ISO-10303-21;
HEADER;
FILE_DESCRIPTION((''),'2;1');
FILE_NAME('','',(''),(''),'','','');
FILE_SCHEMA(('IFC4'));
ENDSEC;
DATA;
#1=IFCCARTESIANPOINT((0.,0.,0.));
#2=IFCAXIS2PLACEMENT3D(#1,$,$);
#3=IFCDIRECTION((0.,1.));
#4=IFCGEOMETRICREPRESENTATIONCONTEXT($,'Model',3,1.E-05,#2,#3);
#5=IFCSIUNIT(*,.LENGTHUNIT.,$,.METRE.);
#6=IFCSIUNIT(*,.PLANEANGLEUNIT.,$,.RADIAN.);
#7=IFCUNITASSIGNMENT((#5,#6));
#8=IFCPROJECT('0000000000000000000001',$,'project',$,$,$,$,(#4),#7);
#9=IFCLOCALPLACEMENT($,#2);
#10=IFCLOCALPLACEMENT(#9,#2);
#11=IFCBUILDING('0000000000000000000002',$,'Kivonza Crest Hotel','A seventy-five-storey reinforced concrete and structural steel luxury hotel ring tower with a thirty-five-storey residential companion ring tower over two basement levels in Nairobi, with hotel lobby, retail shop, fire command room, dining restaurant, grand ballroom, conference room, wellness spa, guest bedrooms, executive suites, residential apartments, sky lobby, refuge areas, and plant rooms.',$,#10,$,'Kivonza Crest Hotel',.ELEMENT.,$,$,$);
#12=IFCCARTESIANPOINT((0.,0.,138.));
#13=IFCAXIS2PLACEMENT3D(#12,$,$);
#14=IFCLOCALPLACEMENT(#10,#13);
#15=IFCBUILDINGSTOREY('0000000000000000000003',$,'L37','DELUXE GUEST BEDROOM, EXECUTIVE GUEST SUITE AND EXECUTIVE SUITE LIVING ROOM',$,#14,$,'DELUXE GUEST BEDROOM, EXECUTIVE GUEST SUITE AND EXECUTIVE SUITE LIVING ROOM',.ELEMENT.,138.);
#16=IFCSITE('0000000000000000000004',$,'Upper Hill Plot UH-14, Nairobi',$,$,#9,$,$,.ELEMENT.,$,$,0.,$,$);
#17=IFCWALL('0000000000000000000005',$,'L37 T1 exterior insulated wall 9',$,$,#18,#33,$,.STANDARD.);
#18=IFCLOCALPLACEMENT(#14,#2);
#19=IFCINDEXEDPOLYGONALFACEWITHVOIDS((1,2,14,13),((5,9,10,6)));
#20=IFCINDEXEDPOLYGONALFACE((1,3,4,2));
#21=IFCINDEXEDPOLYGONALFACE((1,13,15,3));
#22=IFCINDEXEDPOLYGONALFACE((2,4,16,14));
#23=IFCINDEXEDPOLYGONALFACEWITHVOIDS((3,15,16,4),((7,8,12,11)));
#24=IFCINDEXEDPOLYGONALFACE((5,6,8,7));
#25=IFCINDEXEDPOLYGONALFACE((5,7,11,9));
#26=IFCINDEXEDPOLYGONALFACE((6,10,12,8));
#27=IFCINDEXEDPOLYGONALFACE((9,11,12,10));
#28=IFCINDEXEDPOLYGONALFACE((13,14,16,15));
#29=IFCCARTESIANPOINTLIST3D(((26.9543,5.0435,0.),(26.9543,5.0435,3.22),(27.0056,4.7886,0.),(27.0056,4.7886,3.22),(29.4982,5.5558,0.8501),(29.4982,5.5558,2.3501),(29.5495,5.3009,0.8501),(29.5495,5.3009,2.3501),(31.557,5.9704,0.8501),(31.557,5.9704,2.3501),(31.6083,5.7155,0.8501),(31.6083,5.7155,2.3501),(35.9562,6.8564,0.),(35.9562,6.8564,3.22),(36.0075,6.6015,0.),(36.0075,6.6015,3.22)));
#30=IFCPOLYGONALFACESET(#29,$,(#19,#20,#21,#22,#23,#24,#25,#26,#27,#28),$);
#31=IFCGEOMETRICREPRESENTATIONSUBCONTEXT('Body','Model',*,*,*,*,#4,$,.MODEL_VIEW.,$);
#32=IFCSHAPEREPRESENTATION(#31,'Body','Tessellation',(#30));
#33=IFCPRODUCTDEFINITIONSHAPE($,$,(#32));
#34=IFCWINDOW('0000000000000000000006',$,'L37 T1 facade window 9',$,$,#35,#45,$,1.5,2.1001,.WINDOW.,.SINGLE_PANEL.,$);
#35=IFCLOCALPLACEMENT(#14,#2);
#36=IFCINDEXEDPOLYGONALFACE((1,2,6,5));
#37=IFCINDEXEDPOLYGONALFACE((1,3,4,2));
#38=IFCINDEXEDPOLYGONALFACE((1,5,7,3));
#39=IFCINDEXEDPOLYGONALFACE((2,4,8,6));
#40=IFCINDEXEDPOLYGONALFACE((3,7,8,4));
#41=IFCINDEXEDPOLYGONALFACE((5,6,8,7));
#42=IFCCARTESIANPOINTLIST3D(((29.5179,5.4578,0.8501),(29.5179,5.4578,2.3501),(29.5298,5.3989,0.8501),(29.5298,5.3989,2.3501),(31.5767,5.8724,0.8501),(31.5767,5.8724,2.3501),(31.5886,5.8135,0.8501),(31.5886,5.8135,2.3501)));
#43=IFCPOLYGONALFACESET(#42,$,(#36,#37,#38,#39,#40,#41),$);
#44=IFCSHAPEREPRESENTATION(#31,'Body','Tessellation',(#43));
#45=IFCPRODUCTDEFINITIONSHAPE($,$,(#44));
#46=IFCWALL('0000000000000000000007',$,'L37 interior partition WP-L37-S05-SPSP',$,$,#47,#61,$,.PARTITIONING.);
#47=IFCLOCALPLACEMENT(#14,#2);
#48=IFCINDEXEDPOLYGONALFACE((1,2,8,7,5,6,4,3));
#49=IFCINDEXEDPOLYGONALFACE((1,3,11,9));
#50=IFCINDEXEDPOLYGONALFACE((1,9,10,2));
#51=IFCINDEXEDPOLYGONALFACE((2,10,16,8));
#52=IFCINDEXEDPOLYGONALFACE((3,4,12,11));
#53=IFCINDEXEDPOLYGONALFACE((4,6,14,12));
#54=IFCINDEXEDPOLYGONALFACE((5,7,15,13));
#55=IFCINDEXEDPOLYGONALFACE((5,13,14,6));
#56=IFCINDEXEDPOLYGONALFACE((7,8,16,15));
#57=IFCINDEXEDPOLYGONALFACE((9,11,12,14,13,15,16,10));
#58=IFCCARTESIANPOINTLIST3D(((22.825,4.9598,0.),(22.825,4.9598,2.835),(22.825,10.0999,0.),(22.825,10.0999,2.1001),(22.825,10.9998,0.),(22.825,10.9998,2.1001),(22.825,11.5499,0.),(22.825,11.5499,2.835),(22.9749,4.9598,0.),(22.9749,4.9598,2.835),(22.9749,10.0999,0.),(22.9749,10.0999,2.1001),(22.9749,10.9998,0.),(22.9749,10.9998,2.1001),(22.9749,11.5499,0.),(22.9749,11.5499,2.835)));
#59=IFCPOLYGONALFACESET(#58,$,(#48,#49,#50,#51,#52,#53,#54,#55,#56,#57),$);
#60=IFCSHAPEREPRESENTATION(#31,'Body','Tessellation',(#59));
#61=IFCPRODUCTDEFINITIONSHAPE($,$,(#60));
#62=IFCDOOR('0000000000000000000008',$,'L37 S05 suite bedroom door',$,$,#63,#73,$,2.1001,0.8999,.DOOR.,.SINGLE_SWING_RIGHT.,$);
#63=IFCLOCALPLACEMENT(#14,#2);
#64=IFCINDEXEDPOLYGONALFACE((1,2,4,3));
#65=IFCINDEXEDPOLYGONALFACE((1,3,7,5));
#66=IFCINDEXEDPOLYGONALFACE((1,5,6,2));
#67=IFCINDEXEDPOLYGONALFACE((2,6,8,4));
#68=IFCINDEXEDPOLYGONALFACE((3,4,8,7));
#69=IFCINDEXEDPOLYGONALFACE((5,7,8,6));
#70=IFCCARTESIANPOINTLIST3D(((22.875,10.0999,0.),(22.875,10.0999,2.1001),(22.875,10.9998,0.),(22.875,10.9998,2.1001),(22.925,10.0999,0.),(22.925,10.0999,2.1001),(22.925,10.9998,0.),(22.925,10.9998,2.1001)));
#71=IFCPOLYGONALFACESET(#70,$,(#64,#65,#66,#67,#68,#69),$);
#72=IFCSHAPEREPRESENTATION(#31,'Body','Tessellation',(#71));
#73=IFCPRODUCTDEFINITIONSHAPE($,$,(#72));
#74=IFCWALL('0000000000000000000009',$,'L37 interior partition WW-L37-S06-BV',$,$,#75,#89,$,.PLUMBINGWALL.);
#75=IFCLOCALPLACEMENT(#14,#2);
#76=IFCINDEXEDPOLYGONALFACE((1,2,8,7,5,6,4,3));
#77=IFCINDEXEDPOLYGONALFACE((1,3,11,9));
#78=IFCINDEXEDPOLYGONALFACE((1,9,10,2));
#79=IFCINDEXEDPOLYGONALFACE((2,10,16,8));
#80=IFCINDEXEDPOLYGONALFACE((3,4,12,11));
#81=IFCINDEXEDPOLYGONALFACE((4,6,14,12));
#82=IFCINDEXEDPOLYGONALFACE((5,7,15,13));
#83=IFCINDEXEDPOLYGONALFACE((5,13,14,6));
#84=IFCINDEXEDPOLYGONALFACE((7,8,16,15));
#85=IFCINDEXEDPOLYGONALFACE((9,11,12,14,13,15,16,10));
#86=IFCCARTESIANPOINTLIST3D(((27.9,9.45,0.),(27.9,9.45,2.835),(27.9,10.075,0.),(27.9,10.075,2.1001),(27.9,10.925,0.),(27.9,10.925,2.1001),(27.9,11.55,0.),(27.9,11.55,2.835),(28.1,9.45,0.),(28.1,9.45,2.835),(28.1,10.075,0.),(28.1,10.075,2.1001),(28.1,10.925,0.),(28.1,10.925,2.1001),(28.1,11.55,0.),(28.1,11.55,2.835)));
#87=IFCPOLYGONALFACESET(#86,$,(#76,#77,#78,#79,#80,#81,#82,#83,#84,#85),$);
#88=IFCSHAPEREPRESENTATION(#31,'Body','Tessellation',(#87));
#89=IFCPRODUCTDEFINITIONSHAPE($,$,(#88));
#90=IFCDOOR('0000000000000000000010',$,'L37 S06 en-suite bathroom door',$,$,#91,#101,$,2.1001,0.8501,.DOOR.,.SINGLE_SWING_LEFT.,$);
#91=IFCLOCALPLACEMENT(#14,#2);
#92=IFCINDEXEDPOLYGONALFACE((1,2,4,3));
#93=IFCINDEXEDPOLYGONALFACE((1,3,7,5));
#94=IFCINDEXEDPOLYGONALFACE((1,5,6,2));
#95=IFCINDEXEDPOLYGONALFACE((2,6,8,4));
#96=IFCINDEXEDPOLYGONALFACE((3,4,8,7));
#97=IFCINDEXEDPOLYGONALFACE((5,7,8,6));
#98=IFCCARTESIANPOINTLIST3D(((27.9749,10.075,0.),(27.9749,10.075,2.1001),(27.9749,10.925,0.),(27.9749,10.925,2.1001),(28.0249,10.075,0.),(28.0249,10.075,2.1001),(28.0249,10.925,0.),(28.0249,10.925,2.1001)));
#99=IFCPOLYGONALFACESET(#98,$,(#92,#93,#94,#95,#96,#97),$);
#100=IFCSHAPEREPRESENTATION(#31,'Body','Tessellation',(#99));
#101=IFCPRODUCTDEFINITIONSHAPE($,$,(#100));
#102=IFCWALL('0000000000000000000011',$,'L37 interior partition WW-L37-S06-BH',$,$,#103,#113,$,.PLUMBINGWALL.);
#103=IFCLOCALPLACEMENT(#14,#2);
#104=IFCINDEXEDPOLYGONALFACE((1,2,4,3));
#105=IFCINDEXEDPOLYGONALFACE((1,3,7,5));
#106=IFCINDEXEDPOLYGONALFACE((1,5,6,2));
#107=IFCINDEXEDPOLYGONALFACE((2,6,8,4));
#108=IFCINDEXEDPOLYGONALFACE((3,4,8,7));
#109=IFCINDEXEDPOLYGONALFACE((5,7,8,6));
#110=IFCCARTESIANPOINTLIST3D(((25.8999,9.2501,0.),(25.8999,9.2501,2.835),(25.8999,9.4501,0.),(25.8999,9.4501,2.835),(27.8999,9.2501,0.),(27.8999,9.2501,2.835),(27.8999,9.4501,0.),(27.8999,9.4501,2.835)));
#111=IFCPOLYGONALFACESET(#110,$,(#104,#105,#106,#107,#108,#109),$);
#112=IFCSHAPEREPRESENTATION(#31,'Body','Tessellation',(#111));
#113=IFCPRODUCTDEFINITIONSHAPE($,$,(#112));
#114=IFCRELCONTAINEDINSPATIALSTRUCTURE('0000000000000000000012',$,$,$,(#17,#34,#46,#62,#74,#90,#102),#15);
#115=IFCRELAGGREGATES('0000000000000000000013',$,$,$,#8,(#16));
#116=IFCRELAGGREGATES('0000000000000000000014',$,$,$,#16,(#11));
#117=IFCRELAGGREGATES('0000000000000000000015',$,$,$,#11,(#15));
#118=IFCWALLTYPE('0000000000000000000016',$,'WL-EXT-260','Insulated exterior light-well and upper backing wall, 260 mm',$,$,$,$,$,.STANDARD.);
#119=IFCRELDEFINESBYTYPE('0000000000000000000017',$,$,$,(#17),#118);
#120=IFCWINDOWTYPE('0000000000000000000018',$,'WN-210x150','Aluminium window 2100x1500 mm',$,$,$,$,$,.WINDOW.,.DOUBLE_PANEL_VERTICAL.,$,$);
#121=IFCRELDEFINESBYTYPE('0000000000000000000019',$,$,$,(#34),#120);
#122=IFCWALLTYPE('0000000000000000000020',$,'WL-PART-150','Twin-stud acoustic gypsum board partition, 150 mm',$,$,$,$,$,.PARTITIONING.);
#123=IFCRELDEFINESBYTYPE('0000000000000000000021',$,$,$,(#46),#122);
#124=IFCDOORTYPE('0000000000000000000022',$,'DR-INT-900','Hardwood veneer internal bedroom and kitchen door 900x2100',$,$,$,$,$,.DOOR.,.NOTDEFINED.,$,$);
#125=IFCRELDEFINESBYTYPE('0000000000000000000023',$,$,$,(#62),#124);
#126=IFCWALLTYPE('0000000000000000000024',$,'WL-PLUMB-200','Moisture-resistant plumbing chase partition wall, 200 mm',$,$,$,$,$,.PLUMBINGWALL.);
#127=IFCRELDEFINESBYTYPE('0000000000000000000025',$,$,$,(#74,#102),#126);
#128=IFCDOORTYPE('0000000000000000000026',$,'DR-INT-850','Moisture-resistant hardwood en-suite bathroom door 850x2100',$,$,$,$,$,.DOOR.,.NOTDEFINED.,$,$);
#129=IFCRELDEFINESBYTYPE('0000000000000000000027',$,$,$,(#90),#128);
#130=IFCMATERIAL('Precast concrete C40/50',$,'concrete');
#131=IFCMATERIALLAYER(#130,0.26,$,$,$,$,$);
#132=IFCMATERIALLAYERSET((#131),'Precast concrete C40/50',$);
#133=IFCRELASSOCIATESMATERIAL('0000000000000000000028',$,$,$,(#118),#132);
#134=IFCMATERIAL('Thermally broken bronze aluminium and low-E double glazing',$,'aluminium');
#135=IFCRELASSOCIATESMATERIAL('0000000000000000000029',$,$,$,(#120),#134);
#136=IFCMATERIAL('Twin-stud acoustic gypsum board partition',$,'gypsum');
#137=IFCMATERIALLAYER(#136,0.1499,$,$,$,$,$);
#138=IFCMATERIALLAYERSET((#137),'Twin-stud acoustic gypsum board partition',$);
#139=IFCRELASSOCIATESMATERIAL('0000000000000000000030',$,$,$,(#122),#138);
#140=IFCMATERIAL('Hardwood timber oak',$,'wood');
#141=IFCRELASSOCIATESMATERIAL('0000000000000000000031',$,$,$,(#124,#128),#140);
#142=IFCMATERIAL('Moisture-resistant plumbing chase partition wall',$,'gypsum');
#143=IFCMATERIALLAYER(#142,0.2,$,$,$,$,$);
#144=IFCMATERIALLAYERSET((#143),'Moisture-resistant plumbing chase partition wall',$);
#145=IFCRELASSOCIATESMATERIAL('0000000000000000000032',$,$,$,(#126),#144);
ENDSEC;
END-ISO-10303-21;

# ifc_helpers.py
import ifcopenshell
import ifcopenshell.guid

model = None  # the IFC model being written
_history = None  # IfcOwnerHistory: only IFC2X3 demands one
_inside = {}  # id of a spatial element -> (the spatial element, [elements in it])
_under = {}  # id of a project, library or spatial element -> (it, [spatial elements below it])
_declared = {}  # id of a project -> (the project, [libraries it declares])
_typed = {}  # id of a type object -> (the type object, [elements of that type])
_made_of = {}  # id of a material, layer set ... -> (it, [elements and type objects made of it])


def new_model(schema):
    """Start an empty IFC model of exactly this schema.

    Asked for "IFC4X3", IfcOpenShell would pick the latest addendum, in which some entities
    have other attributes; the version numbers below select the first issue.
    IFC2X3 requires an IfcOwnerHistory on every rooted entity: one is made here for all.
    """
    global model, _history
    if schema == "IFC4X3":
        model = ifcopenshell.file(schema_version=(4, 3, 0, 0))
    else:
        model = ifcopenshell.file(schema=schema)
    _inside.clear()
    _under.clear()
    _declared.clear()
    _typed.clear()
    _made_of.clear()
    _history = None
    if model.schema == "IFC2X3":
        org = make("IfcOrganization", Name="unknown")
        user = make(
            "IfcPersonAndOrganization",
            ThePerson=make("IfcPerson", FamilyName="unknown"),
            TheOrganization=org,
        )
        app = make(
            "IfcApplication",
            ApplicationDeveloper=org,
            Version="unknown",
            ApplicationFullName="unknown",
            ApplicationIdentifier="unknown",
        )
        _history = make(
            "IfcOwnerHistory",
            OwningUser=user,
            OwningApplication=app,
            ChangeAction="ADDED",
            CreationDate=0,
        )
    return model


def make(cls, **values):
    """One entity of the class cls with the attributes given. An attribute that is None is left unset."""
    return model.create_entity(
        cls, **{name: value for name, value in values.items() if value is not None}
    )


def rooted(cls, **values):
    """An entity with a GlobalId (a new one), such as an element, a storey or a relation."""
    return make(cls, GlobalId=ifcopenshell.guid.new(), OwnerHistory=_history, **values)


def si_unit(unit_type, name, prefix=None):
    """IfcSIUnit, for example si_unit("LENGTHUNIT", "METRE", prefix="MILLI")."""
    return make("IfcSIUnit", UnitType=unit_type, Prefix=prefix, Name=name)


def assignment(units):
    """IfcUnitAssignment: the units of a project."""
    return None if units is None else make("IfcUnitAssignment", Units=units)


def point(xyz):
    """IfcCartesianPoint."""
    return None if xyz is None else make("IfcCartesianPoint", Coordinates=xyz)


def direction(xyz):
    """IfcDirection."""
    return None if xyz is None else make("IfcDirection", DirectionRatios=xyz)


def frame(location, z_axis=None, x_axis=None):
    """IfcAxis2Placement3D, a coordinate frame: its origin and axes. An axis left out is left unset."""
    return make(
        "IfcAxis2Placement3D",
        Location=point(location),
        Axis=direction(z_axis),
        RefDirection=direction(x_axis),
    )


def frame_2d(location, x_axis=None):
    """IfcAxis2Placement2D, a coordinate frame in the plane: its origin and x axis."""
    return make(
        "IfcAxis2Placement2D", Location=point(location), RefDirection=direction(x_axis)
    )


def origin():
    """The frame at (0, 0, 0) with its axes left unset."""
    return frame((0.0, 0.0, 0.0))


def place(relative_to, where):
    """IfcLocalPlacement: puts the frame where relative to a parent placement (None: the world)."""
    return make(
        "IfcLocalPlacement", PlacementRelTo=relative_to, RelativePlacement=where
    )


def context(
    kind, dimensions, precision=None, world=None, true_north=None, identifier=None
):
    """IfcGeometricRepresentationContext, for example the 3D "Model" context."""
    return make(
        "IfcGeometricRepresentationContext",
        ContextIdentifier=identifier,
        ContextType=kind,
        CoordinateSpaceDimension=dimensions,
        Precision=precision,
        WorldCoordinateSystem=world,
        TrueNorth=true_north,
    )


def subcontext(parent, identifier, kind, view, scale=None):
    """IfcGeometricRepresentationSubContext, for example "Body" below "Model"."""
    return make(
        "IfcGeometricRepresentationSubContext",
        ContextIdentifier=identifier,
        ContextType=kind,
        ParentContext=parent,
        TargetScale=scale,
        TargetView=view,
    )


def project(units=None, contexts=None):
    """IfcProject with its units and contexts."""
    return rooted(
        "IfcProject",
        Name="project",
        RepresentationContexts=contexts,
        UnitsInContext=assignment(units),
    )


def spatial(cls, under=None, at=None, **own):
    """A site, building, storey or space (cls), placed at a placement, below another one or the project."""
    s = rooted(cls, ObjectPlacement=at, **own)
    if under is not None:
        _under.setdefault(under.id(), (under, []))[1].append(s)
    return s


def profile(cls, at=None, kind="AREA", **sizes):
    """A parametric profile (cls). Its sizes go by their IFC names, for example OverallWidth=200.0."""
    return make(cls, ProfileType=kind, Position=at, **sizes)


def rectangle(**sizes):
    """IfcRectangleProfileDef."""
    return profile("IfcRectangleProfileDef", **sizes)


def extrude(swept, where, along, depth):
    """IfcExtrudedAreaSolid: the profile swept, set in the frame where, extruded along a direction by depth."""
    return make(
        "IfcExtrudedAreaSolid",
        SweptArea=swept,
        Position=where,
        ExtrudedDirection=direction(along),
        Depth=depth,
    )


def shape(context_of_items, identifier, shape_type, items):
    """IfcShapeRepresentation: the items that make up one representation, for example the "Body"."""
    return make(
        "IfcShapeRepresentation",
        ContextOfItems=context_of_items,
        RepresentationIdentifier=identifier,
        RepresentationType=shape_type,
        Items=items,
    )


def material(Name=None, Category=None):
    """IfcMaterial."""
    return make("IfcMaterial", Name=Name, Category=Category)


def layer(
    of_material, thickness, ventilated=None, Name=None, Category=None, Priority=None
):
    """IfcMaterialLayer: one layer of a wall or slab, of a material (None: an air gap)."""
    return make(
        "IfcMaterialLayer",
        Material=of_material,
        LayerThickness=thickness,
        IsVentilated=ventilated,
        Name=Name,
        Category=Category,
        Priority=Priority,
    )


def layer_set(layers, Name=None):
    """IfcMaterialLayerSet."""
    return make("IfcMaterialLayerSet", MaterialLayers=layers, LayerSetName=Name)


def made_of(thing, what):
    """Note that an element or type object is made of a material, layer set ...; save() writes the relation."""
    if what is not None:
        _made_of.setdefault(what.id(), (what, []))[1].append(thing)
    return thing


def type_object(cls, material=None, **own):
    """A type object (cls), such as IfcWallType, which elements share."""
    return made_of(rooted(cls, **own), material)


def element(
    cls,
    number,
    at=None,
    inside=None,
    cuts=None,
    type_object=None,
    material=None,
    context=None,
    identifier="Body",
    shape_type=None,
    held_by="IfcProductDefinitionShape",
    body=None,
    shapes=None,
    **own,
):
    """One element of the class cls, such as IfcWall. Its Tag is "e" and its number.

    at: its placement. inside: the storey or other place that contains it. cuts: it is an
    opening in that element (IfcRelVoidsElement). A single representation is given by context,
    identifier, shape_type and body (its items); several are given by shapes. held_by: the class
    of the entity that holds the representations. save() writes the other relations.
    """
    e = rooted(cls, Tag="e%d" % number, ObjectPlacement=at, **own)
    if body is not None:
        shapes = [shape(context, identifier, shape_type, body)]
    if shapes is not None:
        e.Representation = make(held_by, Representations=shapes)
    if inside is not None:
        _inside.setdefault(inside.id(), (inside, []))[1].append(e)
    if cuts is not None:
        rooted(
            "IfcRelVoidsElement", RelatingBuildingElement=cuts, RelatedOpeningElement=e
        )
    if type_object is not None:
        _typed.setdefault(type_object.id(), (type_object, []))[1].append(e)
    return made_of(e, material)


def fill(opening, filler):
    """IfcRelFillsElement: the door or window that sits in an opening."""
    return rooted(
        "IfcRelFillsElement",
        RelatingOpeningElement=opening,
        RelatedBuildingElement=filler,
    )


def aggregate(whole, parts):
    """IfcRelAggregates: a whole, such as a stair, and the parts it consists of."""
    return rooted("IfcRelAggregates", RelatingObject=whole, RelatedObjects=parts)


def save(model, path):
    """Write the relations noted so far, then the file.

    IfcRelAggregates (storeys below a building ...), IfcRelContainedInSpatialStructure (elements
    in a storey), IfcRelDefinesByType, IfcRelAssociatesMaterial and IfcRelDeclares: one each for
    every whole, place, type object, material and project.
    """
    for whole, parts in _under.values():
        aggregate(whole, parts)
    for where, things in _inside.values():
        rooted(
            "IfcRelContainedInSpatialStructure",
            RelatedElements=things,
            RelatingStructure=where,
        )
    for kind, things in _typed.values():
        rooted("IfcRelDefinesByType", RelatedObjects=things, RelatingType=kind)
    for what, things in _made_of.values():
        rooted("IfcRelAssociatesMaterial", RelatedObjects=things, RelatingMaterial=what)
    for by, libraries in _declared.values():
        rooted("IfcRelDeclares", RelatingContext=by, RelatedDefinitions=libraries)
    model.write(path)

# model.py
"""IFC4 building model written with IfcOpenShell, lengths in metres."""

from ifc_helpers import new_model, si_unit, direction, frame, frame_2d, origin, place, context, subcontext, project, spatial, rectangle, extrude, material, layer, layer_set, type_object, element, fill, save


model = new_model("IFC4")

# Units and contexts
model_context = context("Model", 3, precision=1e-05, world=origin(), true_north=direction((0.0, 1.0)))
body_context = subcontext(model_context, "Body", "Model", "MODEL_VIEW")
ifc_project = project(units=[si_unit("LENGTHUNIT", "METRE"), si_unit("PLANEANGLEUNIT", "RADIAN")], contexts=[model_context])

# Site, building, storey
site_placement = place(None, origin())
site = spatial("IfcSite", under=ifc_project, at=site_placement, Name="Upper Hill Plot UH-14, Nairobi", CompositionType="ELEMENT", RefElevation=0.0)
building_placement = place(site_placement, origin())
building = spatial("IfcBuilding", under=site, at=building_placement, Name="Kivonza Crest Hotel", Description="A seventy-five-storey reinforced concrete and structural steel luxury hotel ring tower with a thirty-five-storey residential companion ring tower over two basement levels in Nairobi, with hotel lobby, retail shop, fire command room, dining restaurant, grand ballroom, conference room, wellness spa, guest bedrooms, executive suites, residential apartments, sky lobby, refuge areas, and plant rooms.", LongName="Kivonza Crest Hotel", CompositionType="ELEMENT")
storey_placement = place(building_placement, frame((0.0, 0.0, 138.0)))
storey = spatial("IfcBuildingStorey", under=building, at=storey_placement, Name="L37", Description="DELUXE GUEST BEDROOM, EXECUTIVE GUEST SUITE AND EXECUTIVE SUITE LIVING ROOM", LongName="DELUXE GUEST BEDROOM, EXECUTIVE GUEST SUITE AND EXECUTIVE SUITE LIVING ROOM", CompositionType="ELEMENT", Elevation=138.0)

# Wall, opening, window
ifc_material_1 = material(Name="Precast concrete C40/50", Category="concrete")
ifc_layer_1 = layer(ifc_material_1, 0.26)
ifc_layer_set_1 = layer_set([ifc_layer_1], Name="Precast concrete C40/50")
wall_type_1 = type_object("IfcWallType", Name="WL-EXT-260", Description="Insulated exterior light-well and upper backing wall, 260 mm", PredefinedType="STANDARD", material=ifc_layer_set_1)
wall_1_placement = place(storey_placement, frame((26.98, 4.916, 0.0), z_axis=(0.0, 0.0, 1.0), x_axis=(0.980316, 0.197435, 0.0)))
wall_1 = element("IfcWall", 1, at=wall_1_placement, inside=storey, type_object=wall_type_1, Name="L37 T1 exterior insulated wall 9", PredefinedType="STANDARD", context=body_context, shape_type="SweptSolid", body=[
    extrude(rectangle(XDim=9.1826, YDim=0.26, at=frame_2d((4.5913, 0.0))), origin(), (0.0, 0.0, 1.0), 3.22),
])
opening_1_placement = place(wall_1_placement, frame((2.595, 0.0, 0.8501)))
opening_1 = element("IfcOpeningElement", 2, at=opening_1_placement, cuts=wall_1, PredefinedType="OPENING", context=body_context, shape_type="SweptSolid", body=[
    extrude(rectangle(XDim=2.1001, YDim=1.5, at=frame_2d((1.05, 0.75))), frame((0.0, 0.1401, 0.0), z_axis=(0.0, -1.0, 0.0), x_axis=(1.0, 0.0, 0.0)), (0.0, 0.0, 1.0), 0.28),
])
ifc_material_2 = material(Name="Thermally broken bronze aluminium and low-E double glazing", Category="aluminium")
window_type = type_object("IfcWindowType", Name="WN-210x150", Description="Aluminium window 2100x1500 mm", PartitioningType="DOUBLE_PANEL_VERTICAL", PredefinedType="WINDOW", material=ifc_material_2)
window_placement = place(opening_1_placement, origin())
window = element("IfcWindow", 3, at=window_placement, inside=storey, type_object=window_type, Name="L37 T1 facade window 9", OverallHeight=1.5, OverallWidth=2.1001, PartitioningType="SINGLE_PANEL", PredefinedType="WINDOW", context=body_context, shape_type="SweptSolid", body=[
    extrude(rectangle(XDim=2.1001, YDim=1.5, at=frame_2d((1.05, 0.75))), frame((0.0, 0.03, 0.0), z_axis=(0.0, -1.0, 0.0), x_axis=(1.0, 0.0, 0.0)), (0.0, 0.0, 1.0), 0.0601),
])
fill(opening_1, window)

# Walls, openings, doors
ifc_material_3 = material(Name="Twin-stud acoustic gypsum board partition", Category="gypsum")
ifc_layer_2 = layer(ifc_material_3, 0.1499)
ifc_layer_set_2 = layer_set([ifc_layer_2], Name="Twin-stud acoustic gypsum board partition")
wall_type_2 = type_object("IfcWallType", Name="WL-PART-150", Description="Twin-stud acoustic gypsum board partition, 150 mm", PredefinedType="PARTITIONING", material=ifc_layer_set_2)
wall_2_placement = place(storey_placement, frame((22.8999, 4.96, 0.0), z_axis=(0.0, 0.0, 1.0), x_axis=(0.0, 1.0, 0.0)))
wall_2 = element("IfcWall", 4, at=wall_2_placement, inside=storey, type_object=wall_type_2, Name="L37 interior partition WP-L37-S05-SPSP", PredefinedType="PARTITIONING", context=body_context, shape_type="SweptSolid", body=[
    extrude(rectangle(XDim=6.5901, YDim=0.1499, at=frame_2d((3.2949, 0.0))), origin(), (0.0, 0.0, 1.0), 2.835),
])
opening_2_placement = place(wall_2_placement, frame((5.1399, 0.0, 0.0)))
opening_2 = element("IfcOpeningElement", 5, at=opening_2_placement, cuts=wall_2, PredefinedType="OPENING", context=body_context, shape_type="SweptSolid", body=[
    extrude(rectangle(XDim=0.8999, YDim=2.1001, at=frame_2d((0.45, 1.05))), frame((0.0, 0.085, 0.0), z_axis=(0.0, -1.0, 0.0), x_axis=(1.0, 0.0, 0.0)), (0.0, 0.0, 1.0), 0.1699),
])
ifc_material_4 = material(Name="Hardwood timber oak", Category="wood")
door_type_1 = type_object("IfcDoorType", Name="DR-INT-900", Description="Hardwood veneer internal bedroom and kitchen door 900x2100", OperationType="NOTDEFINED", PredefinedType="DOOR", material=ifc_material_4)
door_1_placement = place(opening_2_placement, origin())
door_1 = element("IfcDoor", 6, at=door_1_placement, inside=storey, type_object=door_type_1, Name="L37 S05 suite bedroom door", OperationType="SINGLE_SWING_RIGHT", OverallHeight=2.1001, OverallWidth=0.8999, PredefinedType="DOOR", context=body_context, shape_type="SweptSolid", body=[
    extrude(rectangle(XDim=0.8999, YDim=2.1001, at=frame_2d((0.45, 1.05))), frame((0.0, 0.0249, 0.0), z_axis=(0.0, -1.0, 0.0), x_axis=(1.0, 0.0, 0.0)), (0.0, 0.0, 1.0), 0.05),
])
fill(opening_2, door_1)
ifc_material_5 = material(Name="Moisture-resistant plumbing chase partition wall", Category="gypsum")
ifc_layer_3 = layer(ifc_material_5, 0.2)
ifc_layer_set_3 = layer_set([ifc_layer_3], Name="Moisture-resistant plumbing chase partition wall")
wall_type_3 = type_object("IfcWallType", Name="WL-PLUMB-200", Description="Moisture-resistant plumbing chase partition wall, 200 mm", PredefinedType="PLUMBINGWALL", material=ifc_layer_set_3)
wall_3_placement = place(storey_placement, frame((28.0, 9.45, 0.0), z_axis=(0.0, 0.0, 1.0), x_axis=(0.0, 1.0, 0.0)))
wall_3 = element("IfcWall", 7, at=wall_3_placement, inside=storey, type_object=wall_type_3, Name="L37 interior partition WW-L37-S06-BV", PredefinedType="PLUMBINGWALL", context=body_context, shape_type="SweptSolid", body=[
    extrude(rectangle(XDim=2.1001, YDim=0.2, at=frame_2d((1.05, 0.0))), origin(), (0.0, 0.0, 1.0), 2.835),
])
opening_3_placement = place(wall_3_placement, frame((0.625, 0.0, 0.0)))
opening_3 = element("IfcOpeningElement", 8, at=opening_3_placement, cuts=wall_3, PredefinedType="OPENING", context=body_context, shape_type="SweptSolid", body=[
    extrude(rectangle(XDim=0.8501, YDim=2.1001, at=frame_2d((0.425, 1.05))), frame((0.0, 0.1099, 0.0), z_axis=(0.0, -1.0, 0.0), x_axis=(1.0, 0.0, 0.0)), (0.0, 0.0, 1.0), 0.22),
])
door_type_2 = type_object("IfcDoorType", Name="DR-INT-850", Description="Moisture-resistant hardwood en-suite bathroom door 850x2100", OperationType="NOTDEFINED", PredefinedType="DOOR", material=ifc_material_4)
door_2_placement = place(opening_3_placement, frame((0.8501, 0.0, 0.0), z_axis=(0.0, 0.0, 1.0), x_axis=(-1.0, 0.0, 0.0)))
door_2 = element("IfcDoor", 9, at=door_2_placement, inside=storey, type_object=door_type_2, Name="L37 S06 en-suite bathroom door", OperationType="SINGLE_SWING_LEFT", OverallHeight=2.1001, OverallWidth=0.8501, PredefinedType="DOOR", context=body_context, shape_type="SweptSolid", body=[
    extrude(rectangle(XDim=0.8501, YDim=2.1001, at=frame_2d((0.425, 1.05))), frame((0.0, 0.0249, 0.0), z_axis=(0.0, -1.0, 0.0), x_axis=(1.0, 0.0, 0.0)), (0.0, 0.0, 1.0), 0.05),
])
fill(opening_3, door_2)

# Wall
wall_4_placement = place(storey_placement, frame((25.8999, 9.3501, 0.0), z_axis=(0.0, 0.0, 1.0), x_axis=(1.0, 0.0, 0.0)))
element("IfcWall", 10, at=wall_4_placement, inside=storey, type_object=wall_type_3, Name="L37 interior partition WW-L37-S06-BH", PredefinedType="PLUMBINGWALL", context=body_context, shape_type="SweptSolid", body=[
    extrude(rectangle(XDim=2.0, YDim=0.2, at=frame_2d((1.0, 0.0))), origin(), (0.0, 0.0, 1.0), 2.835),
])

save(model, "model.ifc")
